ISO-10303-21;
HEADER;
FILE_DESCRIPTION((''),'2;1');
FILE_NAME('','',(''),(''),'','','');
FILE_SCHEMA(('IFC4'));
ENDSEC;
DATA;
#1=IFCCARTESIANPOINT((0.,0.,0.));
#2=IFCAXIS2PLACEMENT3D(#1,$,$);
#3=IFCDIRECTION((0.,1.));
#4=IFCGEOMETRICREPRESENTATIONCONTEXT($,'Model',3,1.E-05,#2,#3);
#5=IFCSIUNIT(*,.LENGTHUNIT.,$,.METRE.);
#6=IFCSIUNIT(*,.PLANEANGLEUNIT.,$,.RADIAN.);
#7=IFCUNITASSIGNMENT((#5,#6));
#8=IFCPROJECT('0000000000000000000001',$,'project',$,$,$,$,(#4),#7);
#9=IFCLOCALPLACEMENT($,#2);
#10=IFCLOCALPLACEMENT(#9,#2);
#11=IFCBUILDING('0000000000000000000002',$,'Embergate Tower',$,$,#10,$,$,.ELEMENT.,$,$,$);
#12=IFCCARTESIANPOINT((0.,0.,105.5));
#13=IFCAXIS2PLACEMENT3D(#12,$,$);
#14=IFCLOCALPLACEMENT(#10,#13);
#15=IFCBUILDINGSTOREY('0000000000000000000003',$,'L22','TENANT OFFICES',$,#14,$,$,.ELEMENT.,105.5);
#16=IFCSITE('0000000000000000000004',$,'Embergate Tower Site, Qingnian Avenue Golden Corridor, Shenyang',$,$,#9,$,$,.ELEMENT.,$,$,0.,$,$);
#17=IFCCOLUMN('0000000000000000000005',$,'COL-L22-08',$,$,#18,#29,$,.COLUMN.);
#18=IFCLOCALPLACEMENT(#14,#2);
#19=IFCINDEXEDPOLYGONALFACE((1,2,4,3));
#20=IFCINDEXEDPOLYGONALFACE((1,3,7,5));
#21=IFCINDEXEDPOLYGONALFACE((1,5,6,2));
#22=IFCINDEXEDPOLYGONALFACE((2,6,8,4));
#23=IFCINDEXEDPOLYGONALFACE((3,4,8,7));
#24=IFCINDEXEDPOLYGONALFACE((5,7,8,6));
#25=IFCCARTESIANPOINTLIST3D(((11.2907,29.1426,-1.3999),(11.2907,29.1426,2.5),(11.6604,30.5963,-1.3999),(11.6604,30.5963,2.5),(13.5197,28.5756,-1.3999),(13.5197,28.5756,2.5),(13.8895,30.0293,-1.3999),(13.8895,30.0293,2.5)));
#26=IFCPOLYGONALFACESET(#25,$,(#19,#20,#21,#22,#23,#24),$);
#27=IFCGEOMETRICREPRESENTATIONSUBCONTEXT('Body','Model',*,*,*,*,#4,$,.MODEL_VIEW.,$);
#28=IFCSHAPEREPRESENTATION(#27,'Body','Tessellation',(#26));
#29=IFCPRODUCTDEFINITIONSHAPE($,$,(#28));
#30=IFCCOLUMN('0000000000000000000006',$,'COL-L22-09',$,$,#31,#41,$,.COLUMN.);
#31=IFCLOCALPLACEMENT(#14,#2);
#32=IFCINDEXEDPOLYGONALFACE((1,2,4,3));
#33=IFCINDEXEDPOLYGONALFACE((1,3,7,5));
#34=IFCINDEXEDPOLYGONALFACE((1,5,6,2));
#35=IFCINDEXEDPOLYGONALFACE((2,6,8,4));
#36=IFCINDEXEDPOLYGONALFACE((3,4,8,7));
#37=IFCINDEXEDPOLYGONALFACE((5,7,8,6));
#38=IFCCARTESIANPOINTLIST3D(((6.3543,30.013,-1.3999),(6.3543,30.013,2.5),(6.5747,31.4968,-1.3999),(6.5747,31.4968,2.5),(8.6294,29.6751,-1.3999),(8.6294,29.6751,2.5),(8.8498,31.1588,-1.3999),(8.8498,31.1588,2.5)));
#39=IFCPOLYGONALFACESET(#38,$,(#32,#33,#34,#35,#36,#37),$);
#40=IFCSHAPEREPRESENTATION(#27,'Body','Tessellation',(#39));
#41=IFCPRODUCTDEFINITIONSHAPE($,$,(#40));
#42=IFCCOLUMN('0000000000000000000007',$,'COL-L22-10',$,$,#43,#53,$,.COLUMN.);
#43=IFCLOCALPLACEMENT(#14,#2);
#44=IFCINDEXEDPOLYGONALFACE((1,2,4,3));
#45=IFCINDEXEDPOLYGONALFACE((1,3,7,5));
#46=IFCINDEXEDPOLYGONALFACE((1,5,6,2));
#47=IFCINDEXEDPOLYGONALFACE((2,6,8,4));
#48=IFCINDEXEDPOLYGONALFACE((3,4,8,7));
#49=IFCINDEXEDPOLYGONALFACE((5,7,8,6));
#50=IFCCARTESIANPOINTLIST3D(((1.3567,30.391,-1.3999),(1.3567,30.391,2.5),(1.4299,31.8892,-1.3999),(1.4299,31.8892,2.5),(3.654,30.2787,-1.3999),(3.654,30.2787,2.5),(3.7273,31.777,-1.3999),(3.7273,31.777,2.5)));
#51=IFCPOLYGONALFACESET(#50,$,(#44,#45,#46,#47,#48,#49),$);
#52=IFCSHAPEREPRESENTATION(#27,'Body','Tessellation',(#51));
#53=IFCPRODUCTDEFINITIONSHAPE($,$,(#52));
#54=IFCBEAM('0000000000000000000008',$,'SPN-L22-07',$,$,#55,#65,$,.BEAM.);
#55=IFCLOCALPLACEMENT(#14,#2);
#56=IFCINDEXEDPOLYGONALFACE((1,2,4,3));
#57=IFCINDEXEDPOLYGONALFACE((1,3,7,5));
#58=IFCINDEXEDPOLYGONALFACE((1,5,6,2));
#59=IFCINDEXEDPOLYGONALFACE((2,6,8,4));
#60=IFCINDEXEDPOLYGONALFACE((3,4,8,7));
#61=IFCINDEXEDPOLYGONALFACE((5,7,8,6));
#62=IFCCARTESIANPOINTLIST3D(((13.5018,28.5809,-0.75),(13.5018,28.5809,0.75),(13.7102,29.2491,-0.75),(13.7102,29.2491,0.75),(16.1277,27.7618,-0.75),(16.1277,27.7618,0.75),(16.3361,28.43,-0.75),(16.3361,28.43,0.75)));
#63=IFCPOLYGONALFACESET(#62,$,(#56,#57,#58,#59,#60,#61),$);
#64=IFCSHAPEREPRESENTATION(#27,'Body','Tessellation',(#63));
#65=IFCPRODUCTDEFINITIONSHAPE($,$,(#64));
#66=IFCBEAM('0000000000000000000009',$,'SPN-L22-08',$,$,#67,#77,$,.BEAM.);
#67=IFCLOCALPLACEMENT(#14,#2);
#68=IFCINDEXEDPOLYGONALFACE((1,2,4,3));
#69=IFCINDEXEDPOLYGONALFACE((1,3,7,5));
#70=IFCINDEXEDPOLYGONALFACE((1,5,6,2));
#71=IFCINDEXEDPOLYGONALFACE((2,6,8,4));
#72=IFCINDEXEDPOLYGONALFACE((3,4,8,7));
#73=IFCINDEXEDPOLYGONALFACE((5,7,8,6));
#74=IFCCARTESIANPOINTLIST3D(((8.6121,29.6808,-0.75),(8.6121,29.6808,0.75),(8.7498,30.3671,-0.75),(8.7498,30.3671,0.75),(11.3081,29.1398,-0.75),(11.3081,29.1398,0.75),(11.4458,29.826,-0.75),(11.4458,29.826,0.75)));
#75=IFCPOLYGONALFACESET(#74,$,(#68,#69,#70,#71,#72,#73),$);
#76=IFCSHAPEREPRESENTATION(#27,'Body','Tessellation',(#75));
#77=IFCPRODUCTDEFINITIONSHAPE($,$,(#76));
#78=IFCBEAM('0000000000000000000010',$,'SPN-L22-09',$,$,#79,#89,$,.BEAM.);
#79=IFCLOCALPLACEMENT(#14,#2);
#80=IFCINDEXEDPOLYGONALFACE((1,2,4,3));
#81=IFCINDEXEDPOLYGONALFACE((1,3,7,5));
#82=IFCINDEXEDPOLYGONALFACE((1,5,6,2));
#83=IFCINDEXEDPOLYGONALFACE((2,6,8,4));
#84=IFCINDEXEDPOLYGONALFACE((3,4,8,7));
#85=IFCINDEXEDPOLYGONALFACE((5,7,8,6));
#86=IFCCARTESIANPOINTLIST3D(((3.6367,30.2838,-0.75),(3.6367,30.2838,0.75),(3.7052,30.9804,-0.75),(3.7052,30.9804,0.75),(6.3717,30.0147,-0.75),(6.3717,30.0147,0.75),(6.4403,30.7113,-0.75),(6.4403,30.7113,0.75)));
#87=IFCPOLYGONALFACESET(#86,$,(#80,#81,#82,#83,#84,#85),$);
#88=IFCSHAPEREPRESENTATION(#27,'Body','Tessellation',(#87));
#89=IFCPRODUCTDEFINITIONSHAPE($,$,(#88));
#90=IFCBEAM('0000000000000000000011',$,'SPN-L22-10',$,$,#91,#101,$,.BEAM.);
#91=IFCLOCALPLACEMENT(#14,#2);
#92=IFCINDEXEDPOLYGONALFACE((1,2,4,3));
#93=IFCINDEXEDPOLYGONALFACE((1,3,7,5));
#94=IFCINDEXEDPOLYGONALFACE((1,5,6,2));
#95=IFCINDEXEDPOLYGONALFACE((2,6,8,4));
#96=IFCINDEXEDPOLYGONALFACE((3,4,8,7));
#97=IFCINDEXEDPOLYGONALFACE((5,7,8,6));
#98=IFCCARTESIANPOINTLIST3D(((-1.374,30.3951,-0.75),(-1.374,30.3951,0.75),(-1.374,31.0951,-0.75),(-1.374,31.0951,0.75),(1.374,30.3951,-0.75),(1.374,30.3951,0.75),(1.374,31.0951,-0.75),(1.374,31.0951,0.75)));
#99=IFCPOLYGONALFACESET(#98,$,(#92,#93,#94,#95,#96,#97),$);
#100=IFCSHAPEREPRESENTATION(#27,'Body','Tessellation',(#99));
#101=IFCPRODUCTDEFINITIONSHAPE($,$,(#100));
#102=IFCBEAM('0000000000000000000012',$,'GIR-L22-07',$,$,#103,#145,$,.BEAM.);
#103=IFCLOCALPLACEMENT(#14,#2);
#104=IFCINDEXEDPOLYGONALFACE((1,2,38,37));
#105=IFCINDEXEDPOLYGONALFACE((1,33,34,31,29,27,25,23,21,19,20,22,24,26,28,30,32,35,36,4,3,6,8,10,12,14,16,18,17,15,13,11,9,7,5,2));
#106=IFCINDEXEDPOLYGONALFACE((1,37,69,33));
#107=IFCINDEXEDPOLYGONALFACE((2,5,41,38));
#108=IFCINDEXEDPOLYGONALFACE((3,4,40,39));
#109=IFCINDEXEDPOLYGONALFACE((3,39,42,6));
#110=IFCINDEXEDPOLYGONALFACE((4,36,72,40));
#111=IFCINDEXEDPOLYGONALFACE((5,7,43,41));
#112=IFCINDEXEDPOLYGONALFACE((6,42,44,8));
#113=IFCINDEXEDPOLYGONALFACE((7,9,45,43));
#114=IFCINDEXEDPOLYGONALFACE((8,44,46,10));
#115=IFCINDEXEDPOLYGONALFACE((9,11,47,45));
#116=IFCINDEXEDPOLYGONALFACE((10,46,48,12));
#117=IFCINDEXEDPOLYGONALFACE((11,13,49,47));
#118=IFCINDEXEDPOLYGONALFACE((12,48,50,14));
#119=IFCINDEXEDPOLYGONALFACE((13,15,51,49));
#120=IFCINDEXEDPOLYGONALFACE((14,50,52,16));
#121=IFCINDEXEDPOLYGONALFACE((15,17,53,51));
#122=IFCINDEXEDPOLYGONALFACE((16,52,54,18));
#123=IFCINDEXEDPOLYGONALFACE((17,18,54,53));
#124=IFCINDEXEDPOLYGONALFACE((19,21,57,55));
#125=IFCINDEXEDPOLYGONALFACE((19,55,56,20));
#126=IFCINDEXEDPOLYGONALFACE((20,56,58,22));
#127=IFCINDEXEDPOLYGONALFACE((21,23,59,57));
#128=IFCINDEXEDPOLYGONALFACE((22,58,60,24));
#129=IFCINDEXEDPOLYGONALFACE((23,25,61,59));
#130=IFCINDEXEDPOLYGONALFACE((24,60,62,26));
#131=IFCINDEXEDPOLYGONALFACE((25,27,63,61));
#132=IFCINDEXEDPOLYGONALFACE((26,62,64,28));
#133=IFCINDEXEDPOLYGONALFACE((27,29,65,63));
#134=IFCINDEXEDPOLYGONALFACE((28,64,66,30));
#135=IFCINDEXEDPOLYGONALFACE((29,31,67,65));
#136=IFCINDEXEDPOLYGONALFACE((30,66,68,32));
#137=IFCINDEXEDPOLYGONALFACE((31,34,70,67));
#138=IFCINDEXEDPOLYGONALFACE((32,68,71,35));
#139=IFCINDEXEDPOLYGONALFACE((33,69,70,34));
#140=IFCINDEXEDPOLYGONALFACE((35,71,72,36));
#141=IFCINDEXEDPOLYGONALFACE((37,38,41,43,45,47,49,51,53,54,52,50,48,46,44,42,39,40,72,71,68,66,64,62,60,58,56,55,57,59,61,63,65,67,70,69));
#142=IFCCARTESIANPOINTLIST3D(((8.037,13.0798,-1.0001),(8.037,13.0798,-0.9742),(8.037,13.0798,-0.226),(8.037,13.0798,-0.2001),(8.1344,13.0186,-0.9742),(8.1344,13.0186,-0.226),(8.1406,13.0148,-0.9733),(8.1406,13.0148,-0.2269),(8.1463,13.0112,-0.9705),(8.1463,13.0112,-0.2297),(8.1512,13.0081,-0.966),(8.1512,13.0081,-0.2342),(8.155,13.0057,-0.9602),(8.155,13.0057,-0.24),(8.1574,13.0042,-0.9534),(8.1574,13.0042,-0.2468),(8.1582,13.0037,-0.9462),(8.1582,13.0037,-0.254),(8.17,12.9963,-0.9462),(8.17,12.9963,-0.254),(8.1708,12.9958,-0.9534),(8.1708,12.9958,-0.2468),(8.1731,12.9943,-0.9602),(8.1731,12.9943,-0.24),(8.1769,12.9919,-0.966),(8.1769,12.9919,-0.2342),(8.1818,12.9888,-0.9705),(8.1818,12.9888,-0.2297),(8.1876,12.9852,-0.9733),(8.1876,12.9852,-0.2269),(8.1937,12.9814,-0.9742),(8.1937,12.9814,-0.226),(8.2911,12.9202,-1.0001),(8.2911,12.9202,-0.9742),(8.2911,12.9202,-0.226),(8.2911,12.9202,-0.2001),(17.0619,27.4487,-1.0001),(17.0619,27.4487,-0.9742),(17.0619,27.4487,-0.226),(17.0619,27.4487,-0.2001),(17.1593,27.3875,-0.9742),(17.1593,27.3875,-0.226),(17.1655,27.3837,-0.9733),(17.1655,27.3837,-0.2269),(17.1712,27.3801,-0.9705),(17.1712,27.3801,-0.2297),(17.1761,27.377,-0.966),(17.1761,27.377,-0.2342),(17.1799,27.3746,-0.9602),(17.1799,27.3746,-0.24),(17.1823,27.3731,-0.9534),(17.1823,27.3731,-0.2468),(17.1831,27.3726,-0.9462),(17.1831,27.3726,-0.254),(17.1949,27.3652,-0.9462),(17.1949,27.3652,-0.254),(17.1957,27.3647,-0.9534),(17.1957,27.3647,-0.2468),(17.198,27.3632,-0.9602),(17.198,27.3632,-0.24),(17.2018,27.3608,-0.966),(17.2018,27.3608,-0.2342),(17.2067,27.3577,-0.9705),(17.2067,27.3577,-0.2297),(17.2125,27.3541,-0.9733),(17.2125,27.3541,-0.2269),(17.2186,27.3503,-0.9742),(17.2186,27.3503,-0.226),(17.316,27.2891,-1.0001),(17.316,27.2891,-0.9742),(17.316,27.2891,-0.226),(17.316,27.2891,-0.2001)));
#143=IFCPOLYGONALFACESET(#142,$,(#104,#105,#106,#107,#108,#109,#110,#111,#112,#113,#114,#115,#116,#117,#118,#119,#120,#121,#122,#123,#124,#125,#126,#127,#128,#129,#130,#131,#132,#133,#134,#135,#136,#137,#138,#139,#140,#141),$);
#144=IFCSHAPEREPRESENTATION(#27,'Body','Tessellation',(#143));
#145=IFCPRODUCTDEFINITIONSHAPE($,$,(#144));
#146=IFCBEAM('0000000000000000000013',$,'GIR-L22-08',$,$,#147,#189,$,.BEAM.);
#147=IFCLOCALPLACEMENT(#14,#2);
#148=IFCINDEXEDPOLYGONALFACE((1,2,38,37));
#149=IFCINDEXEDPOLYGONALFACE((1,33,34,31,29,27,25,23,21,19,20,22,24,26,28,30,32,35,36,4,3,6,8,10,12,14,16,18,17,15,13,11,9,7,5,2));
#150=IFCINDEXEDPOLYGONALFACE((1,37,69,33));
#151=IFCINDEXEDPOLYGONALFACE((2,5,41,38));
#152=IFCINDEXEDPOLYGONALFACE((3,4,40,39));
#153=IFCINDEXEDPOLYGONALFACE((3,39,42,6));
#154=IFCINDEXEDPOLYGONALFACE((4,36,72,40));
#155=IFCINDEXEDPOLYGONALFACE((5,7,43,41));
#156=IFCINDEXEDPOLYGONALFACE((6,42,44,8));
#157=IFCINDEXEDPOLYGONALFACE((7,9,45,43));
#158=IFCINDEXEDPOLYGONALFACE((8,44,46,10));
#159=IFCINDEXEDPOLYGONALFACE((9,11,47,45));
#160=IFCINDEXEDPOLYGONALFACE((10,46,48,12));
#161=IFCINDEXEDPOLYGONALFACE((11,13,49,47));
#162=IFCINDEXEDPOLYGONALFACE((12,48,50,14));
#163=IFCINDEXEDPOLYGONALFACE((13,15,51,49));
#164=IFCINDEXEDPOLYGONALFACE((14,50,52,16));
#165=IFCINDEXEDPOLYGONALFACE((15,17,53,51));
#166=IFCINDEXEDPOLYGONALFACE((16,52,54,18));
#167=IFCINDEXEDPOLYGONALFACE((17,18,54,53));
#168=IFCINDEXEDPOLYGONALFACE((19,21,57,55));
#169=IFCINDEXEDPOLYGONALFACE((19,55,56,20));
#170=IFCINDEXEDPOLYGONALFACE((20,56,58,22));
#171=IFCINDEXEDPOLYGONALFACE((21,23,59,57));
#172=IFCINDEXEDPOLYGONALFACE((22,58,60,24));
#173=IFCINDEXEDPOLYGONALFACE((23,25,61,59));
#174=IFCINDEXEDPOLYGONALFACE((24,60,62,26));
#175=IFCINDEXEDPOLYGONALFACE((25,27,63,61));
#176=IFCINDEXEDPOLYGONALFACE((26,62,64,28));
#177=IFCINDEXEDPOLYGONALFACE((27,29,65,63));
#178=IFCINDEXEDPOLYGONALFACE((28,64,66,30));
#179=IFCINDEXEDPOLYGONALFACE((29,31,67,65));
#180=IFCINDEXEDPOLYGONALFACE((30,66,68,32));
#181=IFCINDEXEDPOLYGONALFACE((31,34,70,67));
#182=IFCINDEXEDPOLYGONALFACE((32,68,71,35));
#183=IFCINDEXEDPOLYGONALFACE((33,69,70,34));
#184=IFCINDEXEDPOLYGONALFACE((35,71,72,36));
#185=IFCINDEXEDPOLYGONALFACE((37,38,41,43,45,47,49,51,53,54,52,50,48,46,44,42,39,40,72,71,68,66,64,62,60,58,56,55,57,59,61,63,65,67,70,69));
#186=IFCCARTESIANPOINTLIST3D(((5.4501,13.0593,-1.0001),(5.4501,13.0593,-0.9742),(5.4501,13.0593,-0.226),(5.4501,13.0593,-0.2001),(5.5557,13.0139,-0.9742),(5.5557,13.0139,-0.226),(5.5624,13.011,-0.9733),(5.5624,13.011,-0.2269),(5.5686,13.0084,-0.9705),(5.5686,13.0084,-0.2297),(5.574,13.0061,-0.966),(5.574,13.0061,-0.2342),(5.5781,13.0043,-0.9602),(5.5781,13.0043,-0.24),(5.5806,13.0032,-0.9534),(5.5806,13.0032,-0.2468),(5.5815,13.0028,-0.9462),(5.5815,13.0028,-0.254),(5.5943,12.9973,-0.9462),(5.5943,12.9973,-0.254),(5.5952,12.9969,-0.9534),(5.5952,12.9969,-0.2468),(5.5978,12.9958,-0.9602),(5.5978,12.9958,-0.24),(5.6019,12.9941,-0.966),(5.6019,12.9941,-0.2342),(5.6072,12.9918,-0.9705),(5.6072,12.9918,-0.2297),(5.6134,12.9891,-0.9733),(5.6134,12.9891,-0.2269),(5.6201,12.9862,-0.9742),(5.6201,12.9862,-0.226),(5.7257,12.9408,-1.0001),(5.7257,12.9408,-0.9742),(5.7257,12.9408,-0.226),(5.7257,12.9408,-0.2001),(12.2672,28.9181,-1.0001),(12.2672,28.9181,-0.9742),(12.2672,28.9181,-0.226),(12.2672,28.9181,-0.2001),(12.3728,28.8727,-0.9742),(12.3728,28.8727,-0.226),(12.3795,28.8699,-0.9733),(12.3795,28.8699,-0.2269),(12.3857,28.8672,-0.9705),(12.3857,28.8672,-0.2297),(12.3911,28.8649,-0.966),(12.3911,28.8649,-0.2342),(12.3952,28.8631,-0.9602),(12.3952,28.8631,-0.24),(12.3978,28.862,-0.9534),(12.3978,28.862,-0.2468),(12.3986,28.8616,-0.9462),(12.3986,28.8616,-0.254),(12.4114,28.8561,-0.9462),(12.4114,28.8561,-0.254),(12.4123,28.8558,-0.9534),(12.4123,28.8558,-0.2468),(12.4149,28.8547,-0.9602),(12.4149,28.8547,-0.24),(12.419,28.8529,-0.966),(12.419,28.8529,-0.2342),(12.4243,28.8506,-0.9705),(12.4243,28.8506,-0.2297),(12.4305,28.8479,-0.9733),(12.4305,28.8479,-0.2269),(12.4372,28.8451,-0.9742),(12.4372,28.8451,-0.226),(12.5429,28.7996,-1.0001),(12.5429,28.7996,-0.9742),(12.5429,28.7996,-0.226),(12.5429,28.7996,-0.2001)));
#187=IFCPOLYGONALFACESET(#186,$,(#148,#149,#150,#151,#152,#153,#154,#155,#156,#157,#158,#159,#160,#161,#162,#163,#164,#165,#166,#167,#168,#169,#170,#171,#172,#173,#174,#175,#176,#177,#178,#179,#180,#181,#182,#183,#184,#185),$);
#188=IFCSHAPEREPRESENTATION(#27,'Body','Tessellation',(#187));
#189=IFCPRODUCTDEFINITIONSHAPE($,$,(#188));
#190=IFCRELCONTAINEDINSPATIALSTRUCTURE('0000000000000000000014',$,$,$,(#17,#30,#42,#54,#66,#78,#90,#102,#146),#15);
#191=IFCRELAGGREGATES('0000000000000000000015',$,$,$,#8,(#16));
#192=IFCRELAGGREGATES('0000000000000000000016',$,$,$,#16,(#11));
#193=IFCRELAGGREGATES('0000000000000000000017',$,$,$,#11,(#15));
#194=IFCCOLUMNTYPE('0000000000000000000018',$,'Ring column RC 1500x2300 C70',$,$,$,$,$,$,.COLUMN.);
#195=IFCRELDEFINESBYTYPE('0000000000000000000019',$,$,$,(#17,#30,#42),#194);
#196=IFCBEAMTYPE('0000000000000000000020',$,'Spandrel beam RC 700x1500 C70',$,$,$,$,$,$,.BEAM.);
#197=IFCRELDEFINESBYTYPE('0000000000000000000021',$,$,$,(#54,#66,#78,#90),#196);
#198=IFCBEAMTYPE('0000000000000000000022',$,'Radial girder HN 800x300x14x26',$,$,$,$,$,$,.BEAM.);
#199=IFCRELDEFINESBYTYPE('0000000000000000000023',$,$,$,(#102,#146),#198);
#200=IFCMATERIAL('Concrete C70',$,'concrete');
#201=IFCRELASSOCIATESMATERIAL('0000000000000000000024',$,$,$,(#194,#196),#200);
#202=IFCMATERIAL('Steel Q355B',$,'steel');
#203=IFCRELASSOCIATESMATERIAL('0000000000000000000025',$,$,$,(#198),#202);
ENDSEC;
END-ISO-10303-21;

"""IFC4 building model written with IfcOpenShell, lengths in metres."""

from ifc_helpers import new_model, si_unit, direction, frame, origin, origin_2d, place, context, subcontext, project, spatial, rectangle, i_section, extrude, source, transform, mapped, material, material_profile, profile_set, type_object, element, save


model = new_model("IFC4")

# Units and contexts
model_context = context("Model", 3, precision=1e-05, world=origin(), true_north=direction((0.0, 1.0)))
body_context = subcontext(model_context, "Body", "Model", "MODEL_VIEW")
ifc_project = project(units=[si_unit("LENGTHUNIT", "METRE"), si_unit("PLANEANGLEUNIT", "RADIAN")], contexts=[model_context])

# Site, building, storey
site_placement = place(None, origin())
site = spatial("IfcSite", under=ifc_project, at=site_placement, Name="Embergate Tower Site, Qingnian Avenue Golden Corridor, Shenyang", CompositionType="ELEMENT", RefElevation=0.0)
building_placement = place(site_placement, origin())
building = spatial("IfcBuilding", under=site, at=building_placement, Name="Embergate Tower", CompositionType="ELEMENT")
storey_placement = place(building_placement, frame((0.0, 0.0, 105.5)))
storey = spatial("IfcBuildingStorey", under=building, at=storey_placement, Name="L22", Description="TENANT OFFICES", CompositionType="ELEMENT", Elevation=105.5)

# Columns
ifc_material_1 = material(Name="Concrete C70", Category="concrete")
ifc_material_profile_1 = material_profile(ifc_material_1, rectangle(XDim=1.5, YDim=2.3, at=origin_2d()), Name="RC 1500x2300")
ifc_profile_set_1 = profile_set([ifc_material_profile_1], Name="Concrete C70")
column_type = type_object("IfcColumnType", Name="Ring column RC 1500x2300 C70", PredefinedType="COLUMN", material=ifc_profile_set_1)
shared_shape_1 = source(origin(), body_context, "Body", "SweptSolid", [
    extrude(rectangle(XDim=1.5, YDim=2.3, at=origin_2d()), origin(), (0.0, 0.0, 1.0), 3.8999),
])
for number, where, z_axis, x_axis, name in (
    (1, (12.5901, 29.5859, -1.3999), (0.0, 0.0, 1.0), (0.246509, 0.969141, 0.0), "COL-L22-08"),
    (2, (7.6021, 30.5859, -1.3999), (0.0, 0.0, 1.0), (0.146929, 0.989147, 0.0), "COL-L22-09"),
    (3, (2.542, 31.084, -1.3999), (0.0, 0.0, 1.0), (0.048815, 0.998808, 0.0), "COL-L22-10"),
):
    element("IfcColumn", number, at=place(storey_placement, frame(where, z_axis=z_axis, x_axis=x_axis)), inside=storey, type_object=column_type, Name=name, PredefinedType="COLUMN", context=body_context, shape_type="MappedRepresentation", body=[
        mapped(shared_shape_1, transform((0.0, 0.0, 0.0))),
    ])

# Beams
ifc_material_profile_2 = material_profile(ifc_material_1, rectangle(XDim=0.7, YDim=1.5, at=origin_2d()), Name="RC 700x1500")
ifc_profile_set_2 = profile_set([ifc_material_profile_2], Name="Concrete C70")
beam_type_1 = type_object("IfcBeamType", Name="Spandrel beam RC 700x1500 C70", PredefinedType="BEAM", material=ifc_profile_set_2)
shared_shape_2 = source(origin(), body_context, "Body", "SweptSolid", [
    extrude(rectangle(XDim=0.7, YDim=1.5, at=origin_2d()), origin(), (0.0, 0.0, 1.0), 2.7507),
])
beam_1_placement = place(storey_placement, frame((16.2319, 28.0959, 0.0), z_axis=(-0.954638, 0.29777, 0.0), x_axis=(-0.29777, -0.954638, 0.0)))
element("IfcBeam", 4, at=beam_1_placement, inside=storey, type_object=beam_type_1, Name="SPN-L22-07", PredefinedType="BEAM", context=body_context, shape_type="MappedRepresentation", body=[
    mapped(shared_shape_2, transform((0.0, 0.0, 0.0))),
])
shared_shape_3 = source(origin(), body_context, "Body", "SweptSolid", [
    extrude(rectangle(XDim=0.7, YDim=1.5, at=origin_2d()), origin(), (0.0, 0.0, 1.0), 2.7498),
])
beam_2_placement = place(storey_placement, frame((11.377, 29.4829, 0.0), z_axis=(-0.980454, 0.196748, 0.0), x_axis=(-0.196748, -0.980454, 0.0)))
element("IfcBeam", 5, at=beam_2_placement, inside=storey, type_object=beam_type_1, Name="SPN-L22-08", PredefinedType="BEAM", context=body_context, shape_type="MappedRepresentation", body=[
    mapped(shared_shape_3, transform((0.0, 0.0, 0.0))),
])
shared_shape_4 = source(origin(), body_context, "Body", "SweptSolid", [
    extrude(rectangle(XDim=0.7, YDim=1.5, at=origin_2d()), origin(), (0.0, 0.0, 1.0), 2.7483),
])
beam_3_placement = place(storey_placement, frame((6.406, 30.363, 0.0), z_axis=(-0.995197, 0.097894, 0.0), x_axis=(-0.097894, -0.995197, 0.0)))
element("IfcBeam", 6, at=beam_3_placement, inside=storey, type_object=beam_type_1, Name="SPN-L22-09", PredefinedType="BEAM", context=body_context, shape_type="MappedRepresentation", body=[
    mapped(shared_shape_4, transform((0.0, 0.0, 0.0))),
])
shared_shape_5 = source(origin(), body_context, "Body", "SweptSolid", [
    extrude(rectangle(XDim=0.7, YDim=1.5, at=origin_2d()), origin(), (0.0, 0.0, 1.0), 2.748),
])
beam_4_placement = place(storey_placement, frame((1.374, 30.7451, 0.0), z_axis=(-1.0, 0.0, 0.0), x_axis=(0.0, -1.0, 0.0)))
element("IfcBeam", 7, at=beam_4_placement, inside=storey, type_object=beam_type_1, Name="SPN-L22-10", PredefinedType="BEAM", context=body_context, shape_type="MappedRepresentation", body=[
    mapped(shared_shape_5, transform((0.0, 0.0, 0.0))),
])
ifc_material_2 = material(Name="Steel Q355B", Category="steel")
ifc_material_profile_3 = material_profile(ifc_material_2, i_section(OverallWidth=0.3, OverallDepth=0.8, WebThickness=0.0139, FlangeThickness=0.0259, FilletRadius=0.0281, at=origin_2d()), Name="HN 800x300x14x26")
ifc_profile_set_3 = profile_set([ifc_material_profile_3], Name="Steel Q355 grade B")
beam_type_2 = type_object("IfcBeamType", Name="Radial girder HN 800x300x14x26", PredefinedType="BEAM", material=ifc_profile_set_3)
shared_shape_6 = source(origin(), body_context, "Body", "SweptSolid", [
    extrude(i_section(OverallWidth=0.3, OverallDepth=0.8, WebThickness=0.0139, FlangeThickness=0.0259, FilletRadius=0.0281, at=origin_2d()), origin(), (0.0, 0.0, 1.0), 16.968),
])
beam_5_placement = place(storey_placement, frame((17.189, 27.3689, -0.6001), z_axis=(-0.531877, -0.846822, 0.0), x_axis=(0.846822, -0.531877, 0.0)))
element("IfcBeam", 8, at=beam_5_placement, inside=storey, type_object=beam_type_2, Name="GIR-L22-07", PredefinedType="BEAM", context=body_context, shape_type="MappedRepresentation", body=[
    mapped(shared_shape_6, transform((0.0, 0.0, 0.0))),
])
shared_shape_7 = source(origin(), body_context, "Body", "SweptSolid", [
    extrude(i_section(OverallWidth=0.3, OverallDepth=0.8, WebThickness=0.0139, FlangeThickness=0.0259, FilletRadius=0.0281, at=origin_2d()), origin(), (0.0, 0.0, 1.0), 17.262),
])
beam_6_placement = place(storey_placement, frame((12.405, 28.8589, -0.6001), z_axis=(-0.394921, -0.918715, 0.0), x_axis=(0.918715, -0.394921, 0.0)))
element("IfcBeam", 9, at=beam_6_placement, inside=storey, type_object=beam_type_2, Name="GIR-L22-08", PredefinedType="BEAM", context=body_context, shape_type="MappedRepresentation", body=[
    mapped(shared_shape_7, transform((0.0, 0.0, 0.0))),
])

save(model, "model.ifc")
